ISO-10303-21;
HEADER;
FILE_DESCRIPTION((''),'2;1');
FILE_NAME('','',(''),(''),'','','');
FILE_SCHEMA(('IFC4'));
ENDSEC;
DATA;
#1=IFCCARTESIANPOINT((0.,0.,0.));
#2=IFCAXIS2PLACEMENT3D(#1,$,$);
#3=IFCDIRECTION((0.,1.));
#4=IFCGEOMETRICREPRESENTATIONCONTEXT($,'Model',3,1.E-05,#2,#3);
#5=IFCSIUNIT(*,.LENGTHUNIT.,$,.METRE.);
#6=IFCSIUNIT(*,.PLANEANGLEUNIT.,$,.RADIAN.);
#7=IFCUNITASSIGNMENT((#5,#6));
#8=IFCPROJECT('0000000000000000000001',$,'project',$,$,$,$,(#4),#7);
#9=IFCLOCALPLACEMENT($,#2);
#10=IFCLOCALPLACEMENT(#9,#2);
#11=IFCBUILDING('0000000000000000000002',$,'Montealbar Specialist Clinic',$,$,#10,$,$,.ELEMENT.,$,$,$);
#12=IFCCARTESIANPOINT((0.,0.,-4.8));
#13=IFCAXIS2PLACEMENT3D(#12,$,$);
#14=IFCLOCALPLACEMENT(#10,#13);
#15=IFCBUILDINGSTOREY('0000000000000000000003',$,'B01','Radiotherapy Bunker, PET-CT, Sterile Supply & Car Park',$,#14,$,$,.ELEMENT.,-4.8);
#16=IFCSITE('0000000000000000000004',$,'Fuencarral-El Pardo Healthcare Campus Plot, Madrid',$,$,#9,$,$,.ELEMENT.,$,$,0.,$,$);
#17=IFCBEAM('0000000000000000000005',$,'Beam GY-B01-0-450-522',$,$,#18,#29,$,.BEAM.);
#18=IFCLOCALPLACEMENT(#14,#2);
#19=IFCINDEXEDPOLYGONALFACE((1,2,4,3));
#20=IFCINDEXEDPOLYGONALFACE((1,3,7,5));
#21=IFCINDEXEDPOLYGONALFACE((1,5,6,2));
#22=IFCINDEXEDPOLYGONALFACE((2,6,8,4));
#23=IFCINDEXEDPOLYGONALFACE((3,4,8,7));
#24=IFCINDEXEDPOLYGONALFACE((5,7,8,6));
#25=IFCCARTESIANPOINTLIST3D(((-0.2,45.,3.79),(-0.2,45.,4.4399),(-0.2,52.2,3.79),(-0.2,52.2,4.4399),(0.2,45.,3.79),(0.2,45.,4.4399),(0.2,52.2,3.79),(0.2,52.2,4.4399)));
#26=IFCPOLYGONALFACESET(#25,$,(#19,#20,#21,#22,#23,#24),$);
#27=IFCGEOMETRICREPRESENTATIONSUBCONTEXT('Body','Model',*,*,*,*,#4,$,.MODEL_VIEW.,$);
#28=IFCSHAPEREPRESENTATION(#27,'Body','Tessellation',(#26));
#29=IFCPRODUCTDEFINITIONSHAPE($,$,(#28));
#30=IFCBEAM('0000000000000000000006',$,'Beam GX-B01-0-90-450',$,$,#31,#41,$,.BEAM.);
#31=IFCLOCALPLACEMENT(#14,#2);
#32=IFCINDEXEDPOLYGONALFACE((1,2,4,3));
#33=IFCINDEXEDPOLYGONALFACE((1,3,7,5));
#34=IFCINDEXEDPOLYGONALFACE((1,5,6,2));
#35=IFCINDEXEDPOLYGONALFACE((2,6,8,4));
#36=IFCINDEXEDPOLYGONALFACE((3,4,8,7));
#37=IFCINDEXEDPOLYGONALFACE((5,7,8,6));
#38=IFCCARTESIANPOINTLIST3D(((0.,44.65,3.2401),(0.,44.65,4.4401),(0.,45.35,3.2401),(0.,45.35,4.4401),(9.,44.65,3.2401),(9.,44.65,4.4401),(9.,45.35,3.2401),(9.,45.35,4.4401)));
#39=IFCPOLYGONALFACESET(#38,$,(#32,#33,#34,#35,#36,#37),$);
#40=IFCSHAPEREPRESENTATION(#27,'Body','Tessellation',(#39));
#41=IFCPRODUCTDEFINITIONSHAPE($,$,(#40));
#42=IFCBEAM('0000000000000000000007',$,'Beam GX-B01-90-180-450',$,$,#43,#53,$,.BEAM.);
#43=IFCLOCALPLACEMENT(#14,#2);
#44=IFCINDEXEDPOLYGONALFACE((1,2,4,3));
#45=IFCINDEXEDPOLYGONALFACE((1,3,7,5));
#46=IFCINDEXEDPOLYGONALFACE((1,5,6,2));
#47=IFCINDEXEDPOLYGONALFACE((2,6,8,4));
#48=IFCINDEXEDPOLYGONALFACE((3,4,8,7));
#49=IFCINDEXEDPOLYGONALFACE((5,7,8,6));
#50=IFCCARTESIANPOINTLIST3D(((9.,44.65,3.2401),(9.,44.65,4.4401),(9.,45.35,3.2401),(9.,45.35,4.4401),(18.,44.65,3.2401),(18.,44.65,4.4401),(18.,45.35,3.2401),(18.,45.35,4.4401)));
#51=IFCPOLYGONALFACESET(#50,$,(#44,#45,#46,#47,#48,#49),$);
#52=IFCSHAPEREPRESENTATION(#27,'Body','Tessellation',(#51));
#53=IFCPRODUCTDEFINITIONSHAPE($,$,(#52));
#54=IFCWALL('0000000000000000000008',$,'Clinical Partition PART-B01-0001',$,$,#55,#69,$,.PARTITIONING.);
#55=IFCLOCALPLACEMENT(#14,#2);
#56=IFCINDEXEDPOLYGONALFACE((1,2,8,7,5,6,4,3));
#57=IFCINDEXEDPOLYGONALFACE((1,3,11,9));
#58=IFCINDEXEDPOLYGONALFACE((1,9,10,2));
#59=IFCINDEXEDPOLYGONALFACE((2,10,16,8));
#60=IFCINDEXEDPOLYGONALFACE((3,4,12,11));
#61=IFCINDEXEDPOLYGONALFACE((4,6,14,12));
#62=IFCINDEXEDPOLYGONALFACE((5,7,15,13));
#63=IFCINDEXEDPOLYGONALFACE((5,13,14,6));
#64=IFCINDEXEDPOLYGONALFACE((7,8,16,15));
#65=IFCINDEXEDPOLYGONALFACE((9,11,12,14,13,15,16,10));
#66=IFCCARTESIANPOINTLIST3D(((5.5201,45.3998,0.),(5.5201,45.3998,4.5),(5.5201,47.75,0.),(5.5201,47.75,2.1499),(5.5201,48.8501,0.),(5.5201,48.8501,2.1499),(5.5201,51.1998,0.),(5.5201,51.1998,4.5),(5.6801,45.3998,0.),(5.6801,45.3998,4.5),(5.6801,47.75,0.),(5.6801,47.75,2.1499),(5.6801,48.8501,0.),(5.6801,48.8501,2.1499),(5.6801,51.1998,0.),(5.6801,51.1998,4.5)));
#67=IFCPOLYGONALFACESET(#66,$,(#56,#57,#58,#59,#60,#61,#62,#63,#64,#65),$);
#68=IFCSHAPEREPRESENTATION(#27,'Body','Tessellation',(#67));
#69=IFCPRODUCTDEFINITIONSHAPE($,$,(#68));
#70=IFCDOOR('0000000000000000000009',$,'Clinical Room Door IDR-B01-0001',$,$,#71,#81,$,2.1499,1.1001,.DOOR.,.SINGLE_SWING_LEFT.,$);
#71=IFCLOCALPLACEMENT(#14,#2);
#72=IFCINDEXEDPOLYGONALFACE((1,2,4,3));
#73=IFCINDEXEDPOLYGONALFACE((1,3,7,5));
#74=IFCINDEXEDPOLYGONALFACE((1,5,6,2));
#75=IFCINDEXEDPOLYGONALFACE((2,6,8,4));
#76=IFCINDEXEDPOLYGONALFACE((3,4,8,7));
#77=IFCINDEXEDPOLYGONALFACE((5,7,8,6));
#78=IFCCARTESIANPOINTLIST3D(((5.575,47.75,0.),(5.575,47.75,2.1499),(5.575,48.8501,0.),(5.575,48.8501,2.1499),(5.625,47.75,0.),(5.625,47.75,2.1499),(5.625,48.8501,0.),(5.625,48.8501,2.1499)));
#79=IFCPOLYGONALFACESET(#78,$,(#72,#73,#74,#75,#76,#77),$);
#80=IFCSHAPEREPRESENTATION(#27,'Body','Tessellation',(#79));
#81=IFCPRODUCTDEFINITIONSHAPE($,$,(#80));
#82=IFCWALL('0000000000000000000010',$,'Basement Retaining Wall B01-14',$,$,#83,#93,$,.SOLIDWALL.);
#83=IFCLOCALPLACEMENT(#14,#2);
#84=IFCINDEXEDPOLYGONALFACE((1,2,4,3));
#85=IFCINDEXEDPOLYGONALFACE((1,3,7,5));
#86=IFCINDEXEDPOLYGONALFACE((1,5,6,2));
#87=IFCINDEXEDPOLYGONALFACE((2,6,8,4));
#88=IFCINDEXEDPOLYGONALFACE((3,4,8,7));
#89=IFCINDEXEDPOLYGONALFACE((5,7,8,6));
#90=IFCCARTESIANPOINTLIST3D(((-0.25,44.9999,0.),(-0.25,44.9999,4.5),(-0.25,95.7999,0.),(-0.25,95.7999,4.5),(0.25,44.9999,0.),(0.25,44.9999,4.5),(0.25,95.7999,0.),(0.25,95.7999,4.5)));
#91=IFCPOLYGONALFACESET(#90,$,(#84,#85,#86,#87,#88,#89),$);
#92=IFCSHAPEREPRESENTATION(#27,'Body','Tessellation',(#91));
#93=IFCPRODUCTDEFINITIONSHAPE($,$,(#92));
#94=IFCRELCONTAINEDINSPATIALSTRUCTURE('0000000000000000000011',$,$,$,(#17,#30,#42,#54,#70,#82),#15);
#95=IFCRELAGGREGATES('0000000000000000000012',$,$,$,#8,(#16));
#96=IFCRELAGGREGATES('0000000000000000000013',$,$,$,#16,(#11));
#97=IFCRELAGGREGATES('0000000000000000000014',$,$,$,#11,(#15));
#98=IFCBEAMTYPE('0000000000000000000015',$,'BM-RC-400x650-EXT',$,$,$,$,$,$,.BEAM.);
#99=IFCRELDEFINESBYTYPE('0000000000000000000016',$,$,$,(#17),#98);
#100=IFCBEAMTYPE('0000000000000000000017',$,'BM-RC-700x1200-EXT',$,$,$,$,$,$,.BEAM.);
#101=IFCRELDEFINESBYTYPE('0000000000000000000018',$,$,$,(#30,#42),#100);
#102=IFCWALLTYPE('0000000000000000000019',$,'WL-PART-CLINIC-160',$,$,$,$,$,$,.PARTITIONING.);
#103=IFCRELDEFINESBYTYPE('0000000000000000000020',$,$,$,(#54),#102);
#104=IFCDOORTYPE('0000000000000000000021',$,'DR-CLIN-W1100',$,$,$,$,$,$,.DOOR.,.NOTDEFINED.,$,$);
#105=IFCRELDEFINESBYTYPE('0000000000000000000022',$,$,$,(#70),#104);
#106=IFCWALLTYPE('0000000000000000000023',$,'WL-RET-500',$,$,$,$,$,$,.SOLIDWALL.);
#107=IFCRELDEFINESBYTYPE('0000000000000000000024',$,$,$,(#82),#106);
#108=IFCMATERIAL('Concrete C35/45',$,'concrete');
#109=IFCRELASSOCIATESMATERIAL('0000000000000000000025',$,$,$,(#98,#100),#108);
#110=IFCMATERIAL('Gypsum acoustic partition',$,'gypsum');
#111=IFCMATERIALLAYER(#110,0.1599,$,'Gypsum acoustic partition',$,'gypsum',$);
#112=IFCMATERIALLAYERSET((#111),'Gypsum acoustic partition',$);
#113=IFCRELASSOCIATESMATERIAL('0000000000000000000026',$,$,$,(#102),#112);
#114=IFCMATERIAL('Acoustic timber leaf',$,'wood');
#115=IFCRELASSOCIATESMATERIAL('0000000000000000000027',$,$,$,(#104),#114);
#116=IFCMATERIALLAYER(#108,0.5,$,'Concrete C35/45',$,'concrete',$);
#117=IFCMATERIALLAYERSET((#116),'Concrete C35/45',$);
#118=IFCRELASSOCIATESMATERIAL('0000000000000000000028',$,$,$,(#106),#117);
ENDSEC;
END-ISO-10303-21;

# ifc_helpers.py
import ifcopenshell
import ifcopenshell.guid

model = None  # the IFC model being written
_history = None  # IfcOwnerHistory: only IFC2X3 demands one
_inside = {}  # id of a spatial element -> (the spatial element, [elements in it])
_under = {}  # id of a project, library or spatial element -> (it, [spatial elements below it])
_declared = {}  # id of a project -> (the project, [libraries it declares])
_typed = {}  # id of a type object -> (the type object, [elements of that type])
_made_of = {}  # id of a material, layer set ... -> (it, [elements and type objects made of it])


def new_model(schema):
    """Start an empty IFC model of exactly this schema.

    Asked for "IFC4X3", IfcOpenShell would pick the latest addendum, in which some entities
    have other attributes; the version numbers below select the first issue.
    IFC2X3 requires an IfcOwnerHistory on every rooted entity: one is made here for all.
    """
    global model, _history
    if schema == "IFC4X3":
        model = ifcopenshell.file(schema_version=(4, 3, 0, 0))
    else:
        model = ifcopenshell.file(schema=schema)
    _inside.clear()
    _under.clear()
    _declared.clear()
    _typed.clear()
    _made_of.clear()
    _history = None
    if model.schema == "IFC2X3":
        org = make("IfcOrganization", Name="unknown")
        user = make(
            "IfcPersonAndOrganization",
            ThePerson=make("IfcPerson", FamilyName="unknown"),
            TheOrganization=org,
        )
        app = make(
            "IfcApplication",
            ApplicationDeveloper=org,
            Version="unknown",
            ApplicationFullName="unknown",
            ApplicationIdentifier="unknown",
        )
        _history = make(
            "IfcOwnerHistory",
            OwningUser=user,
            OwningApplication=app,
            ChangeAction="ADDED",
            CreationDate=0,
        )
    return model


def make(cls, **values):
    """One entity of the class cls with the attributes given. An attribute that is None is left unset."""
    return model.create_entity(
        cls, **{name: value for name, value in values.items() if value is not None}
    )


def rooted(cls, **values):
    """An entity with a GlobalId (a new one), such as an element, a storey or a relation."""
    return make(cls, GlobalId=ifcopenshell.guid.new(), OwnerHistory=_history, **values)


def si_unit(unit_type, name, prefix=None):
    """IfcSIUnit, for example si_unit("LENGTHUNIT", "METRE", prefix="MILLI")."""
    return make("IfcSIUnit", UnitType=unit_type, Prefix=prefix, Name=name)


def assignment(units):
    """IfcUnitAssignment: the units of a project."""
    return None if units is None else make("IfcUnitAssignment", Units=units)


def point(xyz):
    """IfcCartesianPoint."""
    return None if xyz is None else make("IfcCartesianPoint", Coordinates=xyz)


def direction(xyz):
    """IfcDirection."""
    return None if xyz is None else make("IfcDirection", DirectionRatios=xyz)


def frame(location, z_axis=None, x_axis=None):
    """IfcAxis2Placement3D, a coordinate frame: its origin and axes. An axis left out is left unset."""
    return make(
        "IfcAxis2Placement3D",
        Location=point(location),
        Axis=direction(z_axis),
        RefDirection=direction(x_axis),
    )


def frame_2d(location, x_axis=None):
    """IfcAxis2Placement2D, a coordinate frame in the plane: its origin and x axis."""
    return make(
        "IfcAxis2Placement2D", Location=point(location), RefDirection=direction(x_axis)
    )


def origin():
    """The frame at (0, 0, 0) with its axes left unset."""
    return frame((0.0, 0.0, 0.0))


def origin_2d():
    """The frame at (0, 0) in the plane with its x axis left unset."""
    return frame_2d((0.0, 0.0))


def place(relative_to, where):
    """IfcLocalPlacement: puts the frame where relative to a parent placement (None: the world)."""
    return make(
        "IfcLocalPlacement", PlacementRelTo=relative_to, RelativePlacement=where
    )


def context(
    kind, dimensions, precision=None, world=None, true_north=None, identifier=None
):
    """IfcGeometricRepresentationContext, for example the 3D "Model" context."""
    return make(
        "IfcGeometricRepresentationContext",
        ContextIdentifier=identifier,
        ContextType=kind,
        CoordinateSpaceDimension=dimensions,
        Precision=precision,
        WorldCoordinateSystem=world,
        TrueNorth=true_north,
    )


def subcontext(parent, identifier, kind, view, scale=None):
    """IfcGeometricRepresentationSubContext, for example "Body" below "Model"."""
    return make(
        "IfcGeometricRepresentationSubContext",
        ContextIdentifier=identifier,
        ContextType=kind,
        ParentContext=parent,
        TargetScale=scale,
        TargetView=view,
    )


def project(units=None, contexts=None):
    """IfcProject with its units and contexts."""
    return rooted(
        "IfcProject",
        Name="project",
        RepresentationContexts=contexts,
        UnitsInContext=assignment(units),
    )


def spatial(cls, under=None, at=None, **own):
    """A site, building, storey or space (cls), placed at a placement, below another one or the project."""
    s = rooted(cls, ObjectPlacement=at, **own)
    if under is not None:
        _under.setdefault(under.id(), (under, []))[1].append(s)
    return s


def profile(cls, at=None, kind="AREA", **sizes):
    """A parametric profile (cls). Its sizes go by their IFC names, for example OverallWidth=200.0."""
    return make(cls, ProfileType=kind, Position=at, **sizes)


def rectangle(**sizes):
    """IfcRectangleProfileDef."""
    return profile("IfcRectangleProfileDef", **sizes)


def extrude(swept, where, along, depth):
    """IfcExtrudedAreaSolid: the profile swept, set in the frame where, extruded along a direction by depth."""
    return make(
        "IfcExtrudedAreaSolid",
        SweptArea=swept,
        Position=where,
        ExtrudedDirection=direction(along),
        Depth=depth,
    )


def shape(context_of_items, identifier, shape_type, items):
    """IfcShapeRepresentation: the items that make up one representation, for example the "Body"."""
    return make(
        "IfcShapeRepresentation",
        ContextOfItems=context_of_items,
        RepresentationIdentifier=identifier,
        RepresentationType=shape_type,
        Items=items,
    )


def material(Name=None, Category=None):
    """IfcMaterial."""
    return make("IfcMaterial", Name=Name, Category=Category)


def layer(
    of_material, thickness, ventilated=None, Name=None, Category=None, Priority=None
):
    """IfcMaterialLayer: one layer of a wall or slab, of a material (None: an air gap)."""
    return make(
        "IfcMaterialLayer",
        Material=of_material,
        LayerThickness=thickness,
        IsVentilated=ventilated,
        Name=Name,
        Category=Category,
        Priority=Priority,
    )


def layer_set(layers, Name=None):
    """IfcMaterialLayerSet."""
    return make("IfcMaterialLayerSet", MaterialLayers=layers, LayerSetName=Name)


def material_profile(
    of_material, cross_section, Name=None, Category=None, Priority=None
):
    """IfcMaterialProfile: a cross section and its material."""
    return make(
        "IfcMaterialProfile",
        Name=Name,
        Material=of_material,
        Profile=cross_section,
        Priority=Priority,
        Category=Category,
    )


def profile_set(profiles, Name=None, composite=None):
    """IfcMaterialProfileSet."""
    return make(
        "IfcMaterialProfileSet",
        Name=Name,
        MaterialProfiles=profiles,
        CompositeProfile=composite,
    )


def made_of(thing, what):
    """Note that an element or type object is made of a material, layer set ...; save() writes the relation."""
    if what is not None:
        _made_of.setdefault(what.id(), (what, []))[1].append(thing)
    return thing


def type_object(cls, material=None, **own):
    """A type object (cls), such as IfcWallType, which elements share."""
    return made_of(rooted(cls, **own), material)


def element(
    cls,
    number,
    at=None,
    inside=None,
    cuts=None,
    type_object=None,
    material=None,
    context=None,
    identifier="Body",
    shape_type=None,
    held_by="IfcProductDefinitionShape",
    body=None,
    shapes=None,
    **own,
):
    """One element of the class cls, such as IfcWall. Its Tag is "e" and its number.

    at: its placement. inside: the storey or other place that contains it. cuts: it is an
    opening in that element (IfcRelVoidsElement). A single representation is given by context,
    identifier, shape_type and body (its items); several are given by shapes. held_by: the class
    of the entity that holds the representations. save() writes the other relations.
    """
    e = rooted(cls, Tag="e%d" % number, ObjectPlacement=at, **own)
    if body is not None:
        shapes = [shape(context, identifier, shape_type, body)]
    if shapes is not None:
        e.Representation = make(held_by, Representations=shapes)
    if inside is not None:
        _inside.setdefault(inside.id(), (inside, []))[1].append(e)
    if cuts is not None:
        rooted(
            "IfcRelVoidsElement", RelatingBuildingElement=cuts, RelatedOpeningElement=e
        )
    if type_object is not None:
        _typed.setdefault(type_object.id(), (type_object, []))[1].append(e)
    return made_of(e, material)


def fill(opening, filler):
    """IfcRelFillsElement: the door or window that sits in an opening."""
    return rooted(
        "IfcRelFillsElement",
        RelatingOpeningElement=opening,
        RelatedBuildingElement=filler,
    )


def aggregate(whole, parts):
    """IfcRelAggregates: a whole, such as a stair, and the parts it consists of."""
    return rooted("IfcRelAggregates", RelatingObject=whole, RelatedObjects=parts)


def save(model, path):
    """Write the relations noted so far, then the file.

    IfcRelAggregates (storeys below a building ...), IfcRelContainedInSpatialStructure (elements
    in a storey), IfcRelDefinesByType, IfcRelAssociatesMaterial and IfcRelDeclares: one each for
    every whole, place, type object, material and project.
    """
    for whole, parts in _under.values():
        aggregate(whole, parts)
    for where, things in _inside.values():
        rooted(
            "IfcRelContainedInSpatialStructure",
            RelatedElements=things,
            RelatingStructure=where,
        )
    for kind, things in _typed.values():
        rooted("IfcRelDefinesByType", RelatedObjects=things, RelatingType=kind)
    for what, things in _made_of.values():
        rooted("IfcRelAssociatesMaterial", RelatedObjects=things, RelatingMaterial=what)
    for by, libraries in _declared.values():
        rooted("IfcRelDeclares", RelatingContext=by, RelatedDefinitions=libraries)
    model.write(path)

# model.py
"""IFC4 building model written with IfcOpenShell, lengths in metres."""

from ifc_helpers import new_model, si_unit, direction, frame, frame_2d, origin, origin_2d, place, context, subcontext, project, spatial, rectangle, extrude, material, layer, layer_set, material_profile, profile_set, type_object, element, fill, save


model = new_model("IFC4")

# Units and contexts
model_context = context("Model", 3, precision=1e-05, world=origin(), true_north=direction((0.0, 1.0)))
body_context = subcontext(model_context, "Body", "Model", "MODEL_VIEW")
ifc_project = project(units=[si_unit("LENGTHUNIT", "METRE"), si_unit("PLANEANGLEUNIT", "RADIAN")], contexts=[model_context])

# Site, building, storey
site_placement = place(None, origin())
site = spatial("IfcSite", under=ifc_project, at=site_placement, Name="Fuencarral-El Pardo Healthcare Campus Plot, Madrid", CompositionType="ELEMENT", RefElevation=0.0)
building_placement = place(site_placement, origin())
building = spatial("IfcBuilding", under=site, at=building_placement, Name="Montealbar Specialist Clinic", CompositionType="ELEMENT")
storey_placement = place(building_placement, frame((0.0, 0.0, -4.8)))
storey = spatial("IfcBuildingStorey", under=building, at=storey_placement, Name="B01", Description="Radiotherapy Bunker, PET-CT, Sterile Supply & Car Park", CompositionType="ELEMENT", Elevation=-4.8)

# Shared definitions
ifc_material_1 = material(Name="Concrete C35/45", Category="concrete")

# Beams
ifc_material_profile_1 = material_profile(ifc_material_1, rectangle(XDim=0.3999, YDim=0.6499, at=origin_2d()), Name="RC 400x650", Category="concrete")
ifc_profile_set_1 = profile_set([ifc_material_profile_1], Name="Concrete C35/45")
beam_type_1 = type_object("IfcBeamType", Name="BM-RC-400x650-EXT", PredefinedType="BEAM", material=ifc_profile_set_1)
beam_1_placement = place(storey_placement, frame((0.0, 45.0, 4.115), z_axis=(0.0, 1.0, 0.0), x_axis=(-1.0, 0.0, 0.0)))
element("IfcBeam", 1, at=beam_1_placement, inside=storey, type_object=beam_type_1, Name="Beam GY-B01-0-450-522", PredefinedType="BEAM", context=body_context, shape_type="SweptSolid", body=[
    extrude(rectangle(XDim=0.3999, YDim=0.6499, at=origin_2d()), origin(), (0.0, 0.0, 1.0), 7.2),
])
ifc_material_profile_2 = material_profile(ifc_material_1, rectangle(XDim=0.7, YDim=1.2, at=origin_2d()), Name="RC 700x1200", Category="concrete")
ifc_profile_set_2 = profile_set([ifc_material_profile_2], Name="Concrete C35/45")
beam_type_2 = type_object("IfcBeamType", Name="BM-RC-700x1200-EXT", PredefinedType="BEAM", material=ifc_profile_set_2)
for number, where, z_axis, x_axis, name in (
    (2, (0.0, 45.0, 3.8401), (1.0, 0.0, 0.0), (0.0, 1.0, 0.0), "Beam GX-B01-0-90-450"),
    (3, (9.0, 45.0, 3.8401), (1.0, 0.0, 0.0), (0.0, 1.0, 0.0), "Beam GX-B01-90-180-450"),
):
    element("IfcBeam", number, at=place(storey_placement, frame(where, z_axis=z_axis, x_axis=x_axis)), inside=storey, type_object=beam_type_2, Name=name, PredefinedType="BEAM", context=body_context, shape_type="SweptSolid", body=[
        extrude(rectangle(XDim=0.7, YDim=1.2, at=origin_2d()), origin(), (0.0, 0.0, 1.0), 9.0),
    ])

# Wall, opening, door
ifc_material_2 = material(Name="Gypsum acoustic partition", Category="gypsum")
ifc_layer_1 = layer(ifc_material_2, 0.1599, Name="Gypsum acoustic partition", Category="gypsum")
ifc_layer_set_1 = layer_set([ifc_layer_1], Name="Gypsum acoustic partition")
wall_type_1 = type_object("IfcWallType", Name="WL-PART-CLINIC-160", PredefinedType="PARTITIONING", material=ifc_layer_set_1)
wall_1_placement = place(storey_placement, frame((5.6001, 45.3999, 0.0), z_axis=(0.0, 0.0, 1.0), x_axis=(0.0, 1.0, 0.0)))
wall_1 = element("IfcWall", 4, at=wall_1_placement, inside=storey, type_object=wall_type_1, Name="Clinical Partition PART-B01-0001", PredefinedType="PARTITIONING", context=body_context, shape_type="SweptSolid", body=[
    extrude(rectangle(XDim=5.8, YDim=0.1599, at=frame_2d((2.8999, 0.0))), origin(), (0.0, 0.0, 1.0), 4.5),
])
opening_placement = place(wall_1_placement, frame((2.3501, 0.0, 0.0)))
opening = element("IfcOpeningElement", 5, at=opening_placement, cuts=wall_1, PredefinedType="OPENING", context=body_context, shape_type="SweptSolid", body=[
    extrude(rectangle(XDim=1.1001, YDim=2.1499, at=frame_2d((0.55, 1.075))), frame((0.0, 0.0898, 0.0), z_axis=(0.0, -1.0, 0.0), x_axis=(1.0, 0.0, 0.0)), (0.0, 0.0, 1.0), 0.1799),
])
ifc_material_3 = material(Name="Acoustic timber leaf", Category="wood")
door_type = type_object("IfcDoorType", Name="DR-CLIN-W1100", OperationType="NOTDEFINED", PredefinedType="DOOR", material=ifc_material_3)
door_placement = place(opening_placement, frame((1.1001, 0.0, 0.0), z_axis=(0.0, 0.0, 1.0), x_axis=(-1.0, 0.0, 0.0)))
door = element("IfcDoor", 6, at=door_placement, inside=storey, type_object=door_type, Name="Clinical Room Door IDR-B01-0001", OperationType="SINGLE_SWING_LEFT", OverallHeight=2.1499, OverallWidth=1.1001, PredefinedType="DOOR", context=body_context, shape_type="SweptSolid", body=[
    extrude(rectangle(XDim=1.1001, YDim=2.1499, at=frame_2d((0.55, 1.075))), frame((0.0, 0.0249, 0.0), z_axis=(0.0, -1.0, 0.0), x_axis=(1.0, 0.0, 0.0)), (0.0, 0.0, 1.0), 0.05),
])
fill(opening, door)

# Wall
ifc_layer_2 = layer(ifc_material_1, 0.5, Name="Concrete C35/45", Category="concrete")
ifc_layer_set_2 = layer_set([ifc_layer_2], Name="Concrete C35/45")
wall_type_2 = type_object("IfcWallType", Name="WL-RET-500", PredefinedType="SOLIDWALL", material=ifc_layer_set_2)
wall_2_placement = place(storey_placement, frame((0.0, 45.0, 0.0), z_axis=(0.0, 0.0, 1.0), x_axis=(0.0, 1.0, 0.0)))
element("IfcWall", 7, at=wall_2_placement, inside=storey, type_object=wall_type_2, Name="Basement Retaining Wall B01-14", PredefinedType="SOLIDWALL", context=body_context, shape_type="SweptSolid", body=[
    extrude(rectangle(XDim=50.8, YDim=0.5, at=frame_2d((25.3999, 0.0))), origin(), (0.0, 0.0, 1.0), 4.5),
])

save(model, "model.ifc")
